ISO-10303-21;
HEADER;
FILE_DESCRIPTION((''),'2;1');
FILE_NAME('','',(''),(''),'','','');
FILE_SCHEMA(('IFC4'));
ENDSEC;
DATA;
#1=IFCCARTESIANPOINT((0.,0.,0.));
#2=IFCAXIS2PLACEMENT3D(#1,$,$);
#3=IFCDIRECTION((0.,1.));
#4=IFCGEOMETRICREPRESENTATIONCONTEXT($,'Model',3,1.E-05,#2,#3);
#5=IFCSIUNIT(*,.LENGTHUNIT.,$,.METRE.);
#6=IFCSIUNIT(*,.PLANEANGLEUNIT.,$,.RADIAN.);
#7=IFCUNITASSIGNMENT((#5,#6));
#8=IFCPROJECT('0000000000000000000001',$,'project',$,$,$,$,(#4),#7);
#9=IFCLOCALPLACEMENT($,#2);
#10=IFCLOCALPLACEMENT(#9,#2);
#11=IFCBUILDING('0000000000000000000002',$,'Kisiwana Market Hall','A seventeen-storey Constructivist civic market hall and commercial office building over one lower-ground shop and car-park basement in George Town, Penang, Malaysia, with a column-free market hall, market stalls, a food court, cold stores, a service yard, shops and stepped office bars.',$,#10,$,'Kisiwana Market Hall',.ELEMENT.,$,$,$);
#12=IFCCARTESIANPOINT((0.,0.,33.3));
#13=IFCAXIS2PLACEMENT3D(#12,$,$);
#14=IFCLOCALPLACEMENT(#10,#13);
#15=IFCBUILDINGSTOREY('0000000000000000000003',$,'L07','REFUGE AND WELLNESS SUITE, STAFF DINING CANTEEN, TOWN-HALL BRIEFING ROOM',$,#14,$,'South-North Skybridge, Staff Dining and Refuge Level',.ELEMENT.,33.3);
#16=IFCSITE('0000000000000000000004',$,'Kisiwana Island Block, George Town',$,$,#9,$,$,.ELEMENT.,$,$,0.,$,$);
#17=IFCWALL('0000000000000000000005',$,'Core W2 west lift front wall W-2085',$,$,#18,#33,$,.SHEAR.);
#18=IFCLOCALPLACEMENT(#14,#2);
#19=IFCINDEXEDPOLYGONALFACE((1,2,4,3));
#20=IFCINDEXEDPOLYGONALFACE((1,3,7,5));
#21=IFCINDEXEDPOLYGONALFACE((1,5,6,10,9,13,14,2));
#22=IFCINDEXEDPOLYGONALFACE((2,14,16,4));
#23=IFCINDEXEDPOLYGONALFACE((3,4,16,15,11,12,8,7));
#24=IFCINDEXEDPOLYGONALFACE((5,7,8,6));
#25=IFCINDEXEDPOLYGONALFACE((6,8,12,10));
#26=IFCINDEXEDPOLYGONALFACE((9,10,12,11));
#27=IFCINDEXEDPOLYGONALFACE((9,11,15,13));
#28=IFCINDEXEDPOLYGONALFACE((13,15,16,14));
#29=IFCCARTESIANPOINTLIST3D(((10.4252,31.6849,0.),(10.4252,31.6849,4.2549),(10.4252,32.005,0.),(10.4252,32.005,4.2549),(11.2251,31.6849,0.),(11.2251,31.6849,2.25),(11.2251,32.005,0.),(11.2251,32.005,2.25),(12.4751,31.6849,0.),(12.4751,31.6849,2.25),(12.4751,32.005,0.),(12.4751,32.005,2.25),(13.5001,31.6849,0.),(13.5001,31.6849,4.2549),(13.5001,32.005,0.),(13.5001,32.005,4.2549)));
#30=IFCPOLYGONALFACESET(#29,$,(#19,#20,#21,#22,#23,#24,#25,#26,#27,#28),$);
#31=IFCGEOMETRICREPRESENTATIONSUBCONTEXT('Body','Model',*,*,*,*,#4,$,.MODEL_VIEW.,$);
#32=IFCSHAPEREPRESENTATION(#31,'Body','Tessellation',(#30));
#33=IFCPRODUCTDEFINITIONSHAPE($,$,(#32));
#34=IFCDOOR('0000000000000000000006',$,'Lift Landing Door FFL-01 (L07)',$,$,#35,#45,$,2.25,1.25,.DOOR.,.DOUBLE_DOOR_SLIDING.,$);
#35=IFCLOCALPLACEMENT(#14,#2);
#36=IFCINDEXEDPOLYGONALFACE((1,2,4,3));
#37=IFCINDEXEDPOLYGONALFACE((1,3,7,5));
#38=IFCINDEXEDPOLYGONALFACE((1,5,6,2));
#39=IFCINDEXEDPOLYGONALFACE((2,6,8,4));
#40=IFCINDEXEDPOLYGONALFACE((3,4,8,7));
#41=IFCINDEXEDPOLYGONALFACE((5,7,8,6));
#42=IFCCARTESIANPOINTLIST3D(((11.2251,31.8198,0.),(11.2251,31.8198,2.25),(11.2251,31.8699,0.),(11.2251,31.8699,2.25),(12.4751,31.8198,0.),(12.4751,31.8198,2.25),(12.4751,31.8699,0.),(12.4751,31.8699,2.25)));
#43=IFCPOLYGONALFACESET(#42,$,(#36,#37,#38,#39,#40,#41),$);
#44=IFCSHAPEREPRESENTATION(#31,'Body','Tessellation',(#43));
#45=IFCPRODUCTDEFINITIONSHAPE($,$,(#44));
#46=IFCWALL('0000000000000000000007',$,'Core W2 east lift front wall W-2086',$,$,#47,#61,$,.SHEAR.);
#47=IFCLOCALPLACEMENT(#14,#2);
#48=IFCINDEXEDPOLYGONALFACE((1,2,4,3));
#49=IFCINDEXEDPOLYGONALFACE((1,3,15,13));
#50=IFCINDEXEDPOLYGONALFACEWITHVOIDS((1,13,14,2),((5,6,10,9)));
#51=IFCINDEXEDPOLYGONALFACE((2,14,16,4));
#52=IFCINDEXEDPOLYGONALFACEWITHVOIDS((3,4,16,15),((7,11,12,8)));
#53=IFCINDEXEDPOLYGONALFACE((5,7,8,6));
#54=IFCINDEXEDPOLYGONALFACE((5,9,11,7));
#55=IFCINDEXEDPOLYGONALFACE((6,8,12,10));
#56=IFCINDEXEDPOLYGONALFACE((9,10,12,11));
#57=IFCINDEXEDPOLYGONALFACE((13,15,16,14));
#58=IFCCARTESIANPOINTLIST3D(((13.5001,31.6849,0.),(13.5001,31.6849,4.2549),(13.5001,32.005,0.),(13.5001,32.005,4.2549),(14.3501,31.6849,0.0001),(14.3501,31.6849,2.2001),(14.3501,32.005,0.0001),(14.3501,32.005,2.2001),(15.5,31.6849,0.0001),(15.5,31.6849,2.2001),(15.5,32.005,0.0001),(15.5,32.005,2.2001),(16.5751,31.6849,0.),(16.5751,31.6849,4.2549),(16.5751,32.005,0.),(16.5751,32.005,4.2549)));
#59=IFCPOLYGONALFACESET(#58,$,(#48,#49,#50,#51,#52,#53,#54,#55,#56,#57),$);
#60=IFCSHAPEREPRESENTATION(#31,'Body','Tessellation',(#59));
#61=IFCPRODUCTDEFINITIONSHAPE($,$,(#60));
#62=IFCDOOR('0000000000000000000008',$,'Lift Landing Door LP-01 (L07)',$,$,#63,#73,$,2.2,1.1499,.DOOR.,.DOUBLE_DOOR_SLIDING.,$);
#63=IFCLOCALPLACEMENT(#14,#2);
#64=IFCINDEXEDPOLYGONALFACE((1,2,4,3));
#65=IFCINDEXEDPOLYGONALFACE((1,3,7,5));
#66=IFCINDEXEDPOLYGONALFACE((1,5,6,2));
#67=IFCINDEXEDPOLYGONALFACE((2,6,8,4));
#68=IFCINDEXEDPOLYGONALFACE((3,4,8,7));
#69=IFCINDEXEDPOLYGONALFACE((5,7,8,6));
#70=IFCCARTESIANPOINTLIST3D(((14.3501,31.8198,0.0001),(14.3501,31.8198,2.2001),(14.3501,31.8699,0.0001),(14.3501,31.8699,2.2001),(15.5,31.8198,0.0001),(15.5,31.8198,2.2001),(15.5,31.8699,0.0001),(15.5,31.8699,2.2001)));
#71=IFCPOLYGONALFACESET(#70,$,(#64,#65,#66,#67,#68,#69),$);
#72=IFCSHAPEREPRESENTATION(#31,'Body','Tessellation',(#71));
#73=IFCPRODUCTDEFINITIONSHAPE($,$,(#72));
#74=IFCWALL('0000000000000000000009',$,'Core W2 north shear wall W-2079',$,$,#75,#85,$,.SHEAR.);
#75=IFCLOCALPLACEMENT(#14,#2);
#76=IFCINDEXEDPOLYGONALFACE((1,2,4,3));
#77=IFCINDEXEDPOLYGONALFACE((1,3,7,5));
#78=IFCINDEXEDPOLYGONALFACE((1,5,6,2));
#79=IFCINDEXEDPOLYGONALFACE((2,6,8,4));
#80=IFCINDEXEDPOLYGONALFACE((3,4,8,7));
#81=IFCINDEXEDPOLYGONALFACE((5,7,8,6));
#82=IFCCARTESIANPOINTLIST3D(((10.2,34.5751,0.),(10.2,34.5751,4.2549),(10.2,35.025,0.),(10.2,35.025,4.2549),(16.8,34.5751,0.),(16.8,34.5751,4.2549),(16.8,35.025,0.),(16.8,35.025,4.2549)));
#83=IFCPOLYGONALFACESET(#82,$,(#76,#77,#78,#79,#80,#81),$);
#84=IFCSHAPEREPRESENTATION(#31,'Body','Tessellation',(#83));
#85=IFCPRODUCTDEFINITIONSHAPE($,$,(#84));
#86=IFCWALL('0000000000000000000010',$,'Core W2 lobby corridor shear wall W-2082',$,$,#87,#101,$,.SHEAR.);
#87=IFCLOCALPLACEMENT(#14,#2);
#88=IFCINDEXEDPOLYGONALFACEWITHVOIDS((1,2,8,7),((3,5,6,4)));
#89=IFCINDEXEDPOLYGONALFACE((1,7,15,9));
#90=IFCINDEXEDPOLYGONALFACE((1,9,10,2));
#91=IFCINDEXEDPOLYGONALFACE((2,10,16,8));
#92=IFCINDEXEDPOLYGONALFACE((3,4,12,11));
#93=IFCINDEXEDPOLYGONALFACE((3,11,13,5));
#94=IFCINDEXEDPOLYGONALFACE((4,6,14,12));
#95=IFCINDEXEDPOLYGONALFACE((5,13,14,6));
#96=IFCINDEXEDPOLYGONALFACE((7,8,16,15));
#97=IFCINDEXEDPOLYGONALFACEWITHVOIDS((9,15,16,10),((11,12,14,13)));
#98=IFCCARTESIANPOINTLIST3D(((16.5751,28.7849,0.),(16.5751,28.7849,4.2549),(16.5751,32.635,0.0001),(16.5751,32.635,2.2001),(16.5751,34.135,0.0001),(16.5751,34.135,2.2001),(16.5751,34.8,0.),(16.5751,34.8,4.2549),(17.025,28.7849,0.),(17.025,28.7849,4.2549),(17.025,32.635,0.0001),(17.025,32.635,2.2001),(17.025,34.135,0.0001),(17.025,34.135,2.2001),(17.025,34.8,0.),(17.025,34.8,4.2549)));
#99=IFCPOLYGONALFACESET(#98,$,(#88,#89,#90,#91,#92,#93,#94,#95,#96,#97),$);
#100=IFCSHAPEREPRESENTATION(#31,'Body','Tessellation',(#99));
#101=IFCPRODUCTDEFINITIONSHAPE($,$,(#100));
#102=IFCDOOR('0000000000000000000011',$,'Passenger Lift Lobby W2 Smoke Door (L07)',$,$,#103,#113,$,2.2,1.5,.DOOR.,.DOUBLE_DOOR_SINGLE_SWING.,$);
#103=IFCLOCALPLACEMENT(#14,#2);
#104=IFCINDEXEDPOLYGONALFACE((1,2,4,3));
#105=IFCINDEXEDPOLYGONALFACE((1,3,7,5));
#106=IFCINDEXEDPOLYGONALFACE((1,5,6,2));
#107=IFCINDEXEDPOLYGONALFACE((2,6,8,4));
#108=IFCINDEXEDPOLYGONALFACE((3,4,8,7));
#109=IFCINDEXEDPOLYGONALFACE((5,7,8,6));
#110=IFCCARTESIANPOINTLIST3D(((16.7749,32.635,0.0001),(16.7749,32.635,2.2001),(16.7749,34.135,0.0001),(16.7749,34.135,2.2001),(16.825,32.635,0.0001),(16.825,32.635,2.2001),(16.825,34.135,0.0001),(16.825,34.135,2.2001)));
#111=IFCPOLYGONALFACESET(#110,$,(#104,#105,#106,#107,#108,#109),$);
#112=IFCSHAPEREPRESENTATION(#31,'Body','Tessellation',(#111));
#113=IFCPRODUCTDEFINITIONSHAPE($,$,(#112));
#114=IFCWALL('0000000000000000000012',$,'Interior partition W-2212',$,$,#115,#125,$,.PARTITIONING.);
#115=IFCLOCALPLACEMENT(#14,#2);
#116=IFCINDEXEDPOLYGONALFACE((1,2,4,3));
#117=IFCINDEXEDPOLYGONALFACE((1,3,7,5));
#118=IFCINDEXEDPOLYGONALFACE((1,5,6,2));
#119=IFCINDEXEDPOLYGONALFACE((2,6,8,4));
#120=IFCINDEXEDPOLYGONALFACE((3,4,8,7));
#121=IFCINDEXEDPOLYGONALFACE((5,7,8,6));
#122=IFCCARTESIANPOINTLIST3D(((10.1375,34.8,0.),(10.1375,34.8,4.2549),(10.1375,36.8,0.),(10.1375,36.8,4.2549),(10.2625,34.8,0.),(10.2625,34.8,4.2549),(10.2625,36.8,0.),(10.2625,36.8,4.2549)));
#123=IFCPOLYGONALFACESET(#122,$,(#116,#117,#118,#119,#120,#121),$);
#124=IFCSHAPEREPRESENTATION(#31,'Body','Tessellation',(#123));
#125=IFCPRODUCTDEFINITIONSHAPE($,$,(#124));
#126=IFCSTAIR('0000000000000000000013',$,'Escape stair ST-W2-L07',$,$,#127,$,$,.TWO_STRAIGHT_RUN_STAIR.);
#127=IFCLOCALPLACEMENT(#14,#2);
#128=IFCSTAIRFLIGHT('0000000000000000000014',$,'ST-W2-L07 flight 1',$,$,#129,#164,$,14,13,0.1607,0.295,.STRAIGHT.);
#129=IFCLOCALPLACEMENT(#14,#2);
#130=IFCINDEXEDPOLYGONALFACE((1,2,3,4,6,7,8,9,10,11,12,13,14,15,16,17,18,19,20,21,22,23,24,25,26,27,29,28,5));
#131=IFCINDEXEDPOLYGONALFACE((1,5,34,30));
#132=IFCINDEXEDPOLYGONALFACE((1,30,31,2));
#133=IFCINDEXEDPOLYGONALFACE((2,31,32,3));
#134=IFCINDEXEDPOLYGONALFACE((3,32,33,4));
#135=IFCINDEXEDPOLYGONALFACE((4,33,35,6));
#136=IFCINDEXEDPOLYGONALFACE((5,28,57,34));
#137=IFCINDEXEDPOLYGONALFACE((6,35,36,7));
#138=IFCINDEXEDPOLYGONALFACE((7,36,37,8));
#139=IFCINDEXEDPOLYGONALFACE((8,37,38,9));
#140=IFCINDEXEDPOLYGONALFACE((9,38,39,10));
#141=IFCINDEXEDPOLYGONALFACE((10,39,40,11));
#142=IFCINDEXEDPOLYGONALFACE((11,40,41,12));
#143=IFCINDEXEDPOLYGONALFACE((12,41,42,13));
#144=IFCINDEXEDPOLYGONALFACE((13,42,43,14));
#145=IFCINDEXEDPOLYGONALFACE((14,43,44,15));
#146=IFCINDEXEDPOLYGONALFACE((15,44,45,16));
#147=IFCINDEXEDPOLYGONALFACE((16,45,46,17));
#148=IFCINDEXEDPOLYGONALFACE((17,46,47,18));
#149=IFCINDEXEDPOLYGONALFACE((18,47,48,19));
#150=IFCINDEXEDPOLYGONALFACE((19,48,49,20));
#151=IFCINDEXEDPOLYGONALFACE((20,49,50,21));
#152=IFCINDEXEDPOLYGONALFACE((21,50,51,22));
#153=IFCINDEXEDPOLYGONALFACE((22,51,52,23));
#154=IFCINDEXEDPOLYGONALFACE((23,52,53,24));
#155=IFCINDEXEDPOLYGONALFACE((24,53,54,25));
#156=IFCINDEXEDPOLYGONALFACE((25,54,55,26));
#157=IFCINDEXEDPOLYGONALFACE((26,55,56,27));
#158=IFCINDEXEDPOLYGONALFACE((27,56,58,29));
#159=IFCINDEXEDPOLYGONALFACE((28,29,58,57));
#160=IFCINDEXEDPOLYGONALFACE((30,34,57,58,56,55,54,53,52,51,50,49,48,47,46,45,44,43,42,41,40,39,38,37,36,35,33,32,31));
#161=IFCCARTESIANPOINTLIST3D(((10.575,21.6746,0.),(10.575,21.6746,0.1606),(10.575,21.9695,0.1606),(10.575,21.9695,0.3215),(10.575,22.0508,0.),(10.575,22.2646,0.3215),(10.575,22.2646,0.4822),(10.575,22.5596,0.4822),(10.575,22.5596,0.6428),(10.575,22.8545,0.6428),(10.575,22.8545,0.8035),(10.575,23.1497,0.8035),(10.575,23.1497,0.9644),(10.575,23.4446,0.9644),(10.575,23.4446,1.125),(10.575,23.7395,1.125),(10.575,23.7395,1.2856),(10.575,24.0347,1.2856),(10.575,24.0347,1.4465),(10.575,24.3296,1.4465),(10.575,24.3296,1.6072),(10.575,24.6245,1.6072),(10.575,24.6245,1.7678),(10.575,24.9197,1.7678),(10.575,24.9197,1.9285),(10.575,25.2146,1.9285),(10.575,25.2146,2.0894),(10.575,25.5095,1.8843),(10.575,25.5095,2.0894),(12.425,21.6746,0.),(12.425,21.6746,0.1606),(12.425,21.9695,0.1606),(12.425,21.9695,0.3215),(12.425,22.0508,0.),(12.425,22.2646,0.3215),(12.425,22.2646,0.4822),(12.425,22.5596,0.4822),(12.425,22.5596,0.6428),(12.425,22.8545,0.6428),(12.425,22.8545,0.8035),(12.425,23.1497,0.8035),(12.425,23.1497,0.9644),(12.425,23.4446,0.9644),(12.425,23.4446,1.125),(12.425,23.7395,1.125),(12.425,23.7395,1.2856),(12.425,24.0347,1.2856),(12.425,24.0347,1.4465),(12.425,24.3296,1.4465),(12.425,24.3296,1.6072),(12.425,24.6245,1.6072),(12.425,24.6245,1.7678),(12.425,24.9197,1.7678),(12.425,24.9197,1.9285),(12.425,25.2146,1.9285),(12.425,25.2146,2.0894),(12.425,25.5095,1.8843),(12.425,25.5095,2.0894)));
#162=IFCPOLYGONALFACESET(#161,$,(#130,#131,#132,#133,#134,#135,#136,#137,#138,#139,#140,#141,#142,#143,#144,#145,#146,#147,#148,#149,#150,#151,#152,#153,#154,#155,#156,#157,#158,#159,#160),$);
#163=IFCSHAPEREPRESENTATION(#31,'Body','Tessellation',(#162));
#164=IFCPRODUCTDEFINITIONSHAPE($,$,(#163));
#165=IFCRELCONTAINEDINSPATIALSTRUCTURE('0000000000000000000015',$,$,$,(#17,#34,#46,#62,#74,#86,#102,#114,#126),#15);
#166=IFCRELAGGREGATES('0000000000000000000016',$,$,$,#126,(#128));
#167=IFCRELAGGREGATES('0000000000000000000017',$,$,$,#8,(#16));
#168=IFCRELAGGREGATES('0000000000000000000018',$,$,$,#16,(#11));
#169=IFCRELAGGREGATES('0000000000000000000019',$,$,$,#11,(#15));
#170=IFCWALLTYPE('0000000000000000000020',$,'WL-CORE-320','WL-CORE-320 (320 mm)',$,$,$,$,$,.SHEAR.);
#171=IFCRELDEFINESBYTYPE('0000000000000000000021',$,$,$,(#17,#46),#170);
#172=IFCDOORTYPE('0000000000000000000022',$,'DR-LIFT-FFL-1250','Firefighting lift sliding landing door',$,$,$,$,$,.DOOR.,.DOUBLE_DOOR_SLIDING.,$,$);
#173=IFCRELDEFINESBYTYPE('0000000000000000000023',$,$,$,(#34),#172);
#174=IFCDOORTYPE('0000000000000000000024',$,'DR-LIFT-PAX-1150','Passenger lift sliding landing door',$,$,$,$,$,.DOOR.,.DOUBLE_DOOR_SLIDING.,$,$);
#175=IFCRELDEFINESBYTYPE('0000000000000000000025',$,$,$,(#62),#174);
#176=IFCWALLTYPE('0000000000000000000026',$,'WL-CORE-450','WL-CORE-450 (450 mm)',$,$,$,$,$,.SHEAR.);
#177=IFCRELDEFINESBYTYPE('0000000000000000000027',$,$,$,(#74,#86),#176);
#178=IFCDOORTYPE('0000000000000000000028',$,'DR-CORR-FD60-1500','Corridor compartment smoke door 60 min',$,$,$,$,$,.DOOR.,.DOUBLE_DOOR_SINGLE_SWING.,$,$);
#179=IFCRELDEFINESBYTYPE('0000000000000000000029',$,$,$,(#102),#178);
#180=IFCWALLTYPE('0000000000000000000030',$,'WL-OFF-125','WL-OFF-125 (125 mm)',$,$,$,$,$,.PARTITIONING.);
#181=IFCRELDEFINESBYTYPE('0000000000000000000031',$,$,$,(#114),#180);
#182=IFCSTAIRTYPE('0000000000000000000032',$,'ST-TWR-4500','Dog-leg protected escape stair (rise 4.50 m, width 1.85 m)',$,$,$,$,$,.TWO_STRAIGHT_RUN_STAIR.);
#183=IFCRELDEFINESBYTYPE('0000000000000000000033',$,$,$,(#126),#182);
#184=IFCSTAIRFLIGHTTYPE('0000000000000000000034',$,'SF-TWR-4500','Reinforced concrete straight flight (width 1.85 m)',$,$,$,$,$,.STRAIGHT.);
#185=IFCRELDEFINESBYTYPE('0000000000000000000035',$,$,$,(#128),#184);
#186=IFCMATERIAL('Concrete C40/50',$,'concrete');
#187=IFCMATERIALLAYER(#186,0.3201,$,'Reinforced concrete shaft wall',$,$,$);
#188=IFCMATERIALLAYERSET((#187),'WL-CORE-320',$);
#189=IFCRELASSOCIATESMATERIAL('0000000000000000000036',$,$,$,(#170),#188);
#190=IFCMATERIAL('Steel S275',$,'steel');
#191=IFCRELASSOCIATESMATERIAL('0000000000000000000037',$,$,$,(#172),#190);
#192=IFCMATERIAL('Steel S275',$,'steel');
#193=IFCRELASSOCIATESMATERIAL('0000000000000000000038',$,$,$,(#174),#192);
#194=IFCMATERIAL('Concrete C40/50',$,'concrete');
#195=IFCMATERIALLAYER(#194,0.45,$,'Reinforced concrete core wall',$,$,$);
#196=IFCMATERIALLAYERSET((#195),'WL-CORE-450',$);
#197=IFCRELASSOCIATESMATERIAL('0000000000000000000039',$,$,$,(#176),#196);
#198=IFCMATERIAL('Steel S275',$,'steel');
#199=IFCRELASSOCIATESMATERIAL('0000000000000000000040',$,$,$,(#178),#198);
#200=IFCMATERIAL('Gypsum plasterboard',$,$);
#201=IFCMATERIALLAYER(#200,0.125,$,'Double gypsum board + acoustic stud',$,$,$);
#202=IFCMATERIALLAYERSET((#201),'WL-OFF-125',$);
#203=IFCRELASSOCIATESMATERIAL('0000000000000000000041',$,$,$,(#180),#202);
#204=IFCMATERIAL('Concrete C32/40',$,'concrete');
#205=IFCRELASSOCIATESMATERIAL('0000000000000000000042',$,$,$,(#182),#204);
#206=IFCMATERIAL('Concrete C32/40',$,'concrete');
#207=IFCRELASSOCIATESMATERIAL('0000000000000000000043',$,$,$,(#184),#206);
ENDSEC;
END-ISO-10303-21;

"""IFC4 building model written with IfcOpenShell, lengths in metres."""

from ifc_helpers import new_model, si_unit, direction, frame, frame_2d, origin, place, context, subcontext, project, spatial, polyline, rectangle, outline, extrude, material, layer, layer_set, type_object, element, fill, aggregate, save


model = new_model("IFC4")

# Units and contexts
model_context = context("Model", 3, precision=1e-05, world=origin(), true_north=direction((0.0, 1.0)))
body_context = subcontext(model_context, "Body", "Model", "MODEL_VIEW")
ifc_project = project(units=[si_unit("LENGTHUNIT", "METRE"), si_unit("PLANEANGLEUNIT", "RADIAN")], contexts=[model_context])

# Site, building, storey
site_placement = place(None, origin())
site = spatial("IfcSite", under=ifc_project, at=site_placement, Name="Kisiwana Island Block, George Town", CompositionType="ELEMENT", RefElevation=0.0)
building_placement = place(site_placement, origin())
building = spatial("IfcBuilding", under=site, at=building_placement, Name="Kisiwana Market Hall", Description="A seventeen-storey Constructivist civic market hall and commercial office building over one lower-ground shop and car-park basement in George Town, Penang, Malaysia, with a column-free market hall, market stalls, a food court, cold stores, a service yard, shops and stepped office bars.", LongName="Kisiwana Market Hall", CompositionType="ELEMENT")
storey_placement = place(building_placement, frame((0.0, 0.0, 33.3)))
storey = spatial("IfcBuildingStorey", under=building, at=storey_placement, Name="L07", Description="REFUGE AND WELLNESS SUITE, STAFF DINING CANTEEN, TOWN-HALL BRIEFING ROOM", LongName="South-North Skybridge, Staff Dining and Refuge Level", CompositionType="ELEMENT", Elevation=33.3)

# Shared definitions
ifc_material_1 = material(Name="Concrete C40/50", Category="concrete")
ifc_layer_1 = layer(ifc_material_1, 0.3201, Name="Reinforced concrete shaft wall")
ifc_layer_set_1 = layer_set([ifc_layer_1], Name="WL-CORE-320")
wall_type_1 = type_object("IfcWallType", Name="WL-CORE-320", Description="WL-CORE-320 (320 mm)", PredefinedType="SHEAR", material=ifc_layer_set_1)

# Walls, openings, doors
wall_1_placement = place(storey_placement, frame((10.425, 31.845, 0.0), z_axis=(0.0, 0.0, 1.0), x_axis=(1.0, 0.0, 0.0)))
wall_1 = element("IfcWall", 1, at=wall_1_placement, inside=storey, type_object=wall_type_1, Name="Core W2 west lift front wall W-2085", PredefinedType="SHEAR", context=body_context, shape_type="SweptSolid", body=[
    extrude(rectangle(XDim=3.075, YDim=0.3201, at=frame_2d((1.5376, 0.0))), origin(), (0.0, 0.0, 1.0), 4.2549),
])
opening_1_placement = place(wall_1_placement, frame((0.8, 0.0, 0.0)))
opening_1 = element("IfcOpeningElement", 2, at=opening_1_placement, cuts=wall_1, PredefinedType="OPENING", context=body_context, shape_type="SweptSolid", body=[
    extrude(rectangle(XDim=1.25, YDim=2.25, at=frame_2d((0.625, 1.125))), frame((0.0, 0.1719, 0.0), z_axis=(0.0, -1.0, 0.0), x_axis=(1.0, 0.0, 0.0)), (0.0, 0.0, 1.0), 0.344),
])
ifc_material_2 = material(Name="Steel S275", Category="steel")
door_type_1 = type_object("IfcDoorType", Name="DR-LIFT-FFL-1250", Description="Firefighting lift sliding landing door", OperationType="DOUBLE_DOOR_SLIDING", PredefinedType="DOOR", material=ifc_material_2)
door_1_placement = place(opening_1_placement, origin())
door_1 = element("IfcDoor", 3, at=door_1_placement, inside=storey, type_object=door_type_1, Name="Lift Landing Door FFL-01 (L07)", OperationType="DOUBLE_DOOR_SLIDING", OverallHeight=2.25, OverallWidth=1.25, PredefinedType="DOOR", context=body_context, shape_type="SweptSolid", body=[
    extrude(rectangle(XDim=1.25, YDim=2.25, at=frame_2d((0.625, 1.125))), frame((0.0, 0.0249, 0.0), z_axis=(0.0, -1.0, 0.0), x_axis=(1.0, 0.0, 0.0)), (0.0, 0.0, 1.0), 0.05),
])
fill(opening_1, door_1)
wall_2_placement = place(storey_placement, frame((13.5, 31.845, 0.0), z_axis=(0.0, 0.0, 1.0), x_axis=(1.0, 0.0, 0.0)))
wall_2 = element("IfcWall", 4, at=wall_2_placement, inside=storey, type_object=wall_type_1, Name="Core W2 east lift front wall W-2086", PredefinedType="SHEAR", context=body_context, shape_type="SweptSolid", body=[
    extrude(rectangle(XDim=3.075, YDim=0.3201, at=frame_2d((1.5376, 0.0))), origin(), (0.0, 0.0, 1.0), 4.2549),
])
opening_2_placement = place(wall_2_placement, frame((0.8501, 0.0, 0.0)))
opening_2 = element("IfcOpeningElement", 5, at=opening_2_placement, cuts=wall_2, PredefinedType="OPENING", context=body_context, shape_type="SweptSolid", body=[
    extrude(rectangle(XDim=1.1499, YDim=2.2, at=frame_2d((0.575, 1.1001))), frame((0.0, 0.1719, 0.0), z_axis=(0.0, -1.0, 0.0), x_axis=(1.0, 0.0, 0.0)), (0.0, 0.0, 1.0), 0.344),
])
ifc_material_3 = material(Name="Steel S275", Category="steel")
door_type_2 = type_object("IfcDoorType", Name="DR-LIFT-PAX-1150", Description="Passenger lift sliding landing door", OperationType="DOUBLE_DOOR_SLIDING", PredefinedType="DOOR", material=ifc_material_3)
door_2_placement = place(opening_2_placement, origin())
door_2 = element("IfcDoor", 6, at=door_2_placement, inside=storey, type_object=door_type_2, Name="Lift Landing Door LP-01 (L07)", OperationType="DOUBLE_DOOR_SLIDING", OverallHeight=2.2, OverallWidth=1.1499, PredefinedType="DOOR", context=body_context, shape_type="SweptSolid", body=[
    extrude(rectangle(XDim=1.1499, YDim=2.2, at=frame_2d((0.575, 1.1001))), frame((0.0, 0.0249, 0.0), z_axis=(0.0, -1.0, 0.0), x_axis=(1.0, 0.0, 0.0)), (0.0, 0.0, 1.0), 0.05),
])
fill(opening_2, door_2)

# Wall
ifc_material_4 = material(Name="Concrete C40/50", Category="concrete")
ifc_layer_2 = layer(ifc_material_4, 0.45, Name="Reinforced concrete core wall")
ifc_layer_set_2 = layer_set([ifc_layer_2], Name="WL-CORE-450")
wall_type_2 = type_object("IfcWallType", Name="WL-CORE-450", Description="WL-CORE-450 (450 mm)", PredefinedType="SHEAR", material=ifc_layer_set_2)
wall_3_placement = place(storey_placement, frame((10.2, 34.8, 0.0), z_axis=(0.0, 0.0, 1.0), x_axis=(1.0, 0.0, 0.0)))
element("IfcWall", 7, at=wall_3_placement, inside=storey, type_object=wall_type_2, Name="Core W2 north shear wall W-2079", PredefinedType="SHEAR", context=body_context, shape_type="SweptSolid", body=[
    extrude(rectangle(XDim=6.6001, YDim=0.45, at=frame_2d((3.3, 0.0))), origin(), (0.0, 0.0, 1.0), 4.2549),
])

# Wall, opening, door
wall_4_placement = place(storey_placement, frame((16.8, 28.7849, 0.0), z_axis=(0.0, 0.0, 1.0), x_axis=(0.0, 1.0, 0.0)))
wall_4 = element("IfcWall", 8, at=wall_4_placement, inside=storey, type_object=wall_type_2, Name="Core W2 lobby corridor shear wall W-2082", PredefinedType="SHEAR", context=body_context, shape_type="SweptSolid", body=[
    extrude(rectangle(XDim=6.0151, YDim=0.45, at=frame_2d((3.0076, 0.0))), origin(), (0.0, 0.0, 1.0), 4.2549),
])
opening_3_placement = place(wall_4_placement, frame((3.8501, 0.0, 0.0)))
opening_3 = element("IfcOpeningElement", 9, at=opening_3_placement, cuts=wall_4, PredefinedType="OPENING", context=body_context, shape_type="SweptSolid", body=[
    extrude(rectangle(XDim=1.5, YDim=2.2, at=frame_2d((0.75, 1.1001))), frame((0.0, 0.2368, 0.0), z_axis=(0.0, -1.0, 0.0), x_axis=(1.0, 0.0, 0.0)), (0.0, 0.0, 1.0), 0.4739),
])
ifc_material_5 = material(Name="Steel S275", Category="steel")
door_type_3 = type_object("IfcDoorType", Name="DR-CORR-FD60-1500", Description="Corridor compartment smoke door 60 min", OperationType="DOUBLE_DOOR_SINGLE_SWING", PredefinedType="DOOR", material=ifc_material_5)
door_3_placement = place(opening_3_placement, frame((1.5, 0.0, 0.0), z_axis=(0.0, 0.0, 1.0), x_axis=(-1.0, 0.0, 0.0)))
door_3 = element("IfcDoor", 10, at=door_3_placement, inside=storey, type_object=door_type_3, Name="Passenger Lift Lobby W2 Smoke Door (L07)", OperationType="DOUBLE_DOOR_SINGLE_SWING", OverallHeight=2.2, OverallWidth=1.5, PredefinedType="DOOR", context=body_context, shape_type="SweptSolid", body=[
    extrude(rectangle(XDim=1.5, YDim=2.2, at=frame_2d((0.75, 1.1001))), frame((0.0, 0.0249, 0.0), z_axis=(0.0, -1.0, 0.0), x_axis=(1.0, 0.0, 0.0)), (0.0, 0.0, 1.0), 0.05),
])
fill(opening_3, door_3)

# Wall
ifc_material_6 = material(Name="Gypsum plasterboard")
ifc_layer_3 = layer(ifc_material_6, 0.125, Name="Double gypsum board + acoustic stud")
ifc_layer_set_3 = layer_set([ifc_layer_3], Name="WL-OFF-125")
wall_type_3 = type_object("IfcWallType", Name="WL-OFF-125", Description="WL-OFF-125 (125 mm)", PredefinedType="PARTITIONING", material=ifc_layer_set_3)
wall_5_placement = place(storey_placement, frame((10.2, 34.8, 0.0), z_axis=(0.0, 0.0, 1.0), x_axis=(0.0, 1.0, 0.0)))
element("IfcWall", 11, at=wall_5_placement, inside=storey, type_object=wall_type_3, Name="Interior partition W-2212", PredefinedType="PARTITIONING", context=body_context, shape_type="SweptSolid", body=[
    extrude(rectangle(XDim=2.0, YDim=0.125, at=frame_2d((1.0, 0.0))), origin(), (0.0, 0.0, 1.0), 4.2549),
])

# Stair, stair flight
ifc_material_7 = material(Name="Concrete C32/40", Category="concrete")
stair_type = type_object("IfcStairType", Name="ST-TWR-4500", Description="Dog-leg protected escape stair (rise 4.50 m, width 1.85 m)", PredefinedType="TWO_STRAIGHT_RUN_STAIR", material=ifc_material_7)
stair_placement = place(storey_placement, origin())
stair = element("IfcStair", 12, at=stair_placement, inside=storey, type_object=stair_type, Name="Escape stair ST-W2-L07", PredefinedType="TWO_STRAIGHT_RUN_STAIR")
ifc_material_8 = material(Name="Concrete C32/40", Category="concrete")
stair_flight_type = type_object("IfcStairFlightType", Name="SF-TWR-4500", Description="Reinforced concrete straight flight (width 1.85 m)", PredefinedType="STRAIGHT", material=ifc_material_8)
stair_flight_1_placement = place(storey_placement, frame((11.5, 21.6746, 0.0), z_axis=(0.0, 0.0, 1.0), x_axis=(0.0, 1.0, 0.0)))
stair_flight_1 = element("IfcStairFlight", 13, at=stair_flight_1_placement, type_object=stair_flight_type, Name="ST-W2-L07 flight 1", NumberOfRisers=14, NumberOfTreads=13, PredefinedType="STRAIGHT", RiserHeight=0.1607, TreadLength=0.295, context=body_context, shape_type="SweptSolid", body=[
    extrude(outline(polyline([(0.0, 0.0), (0.0, 0.1606), (0.2949, 0.1606), (0.2949, 0.3215), (0.5901, 0.3215), (0.5901, 0.4822), (0.885, 0.4822), (0.885, 0.6428), (1.1799, 0.6428), (1.1799, 0.8035), (1.4751, 0.8035), (1.4751, 0.9644), (1.77, 0.9644), (1.77, 1.125), (2.0649, 1.125), (2.0649, 1.2856), (2.3601, 1.2856), (2.3601, 1.4465), (2.655, 1.4465), (2.655, 1.6072), (2.95, 1.6072), (2.95, 1.7678), (3.2451, 1.7678), (3.2451, 1.9285), (3.54, 1.9285), (3.54, 2.0894), (3.835, 2.0894), (3.835, 2.25), (3.835, 1.8843), (0.3762, 0.0), (0.0, 0.0)])), frame((0.0, 0.925, 0.0), z_axis=(0.0, -1.0, 0.0), x_axis=(1.0, 0.0, 0.0)), (0.0, 0.0, 1.0), 1.8501),
])
aggregate(stair, [stair_flight_1])

save(model, "model.ifc")
